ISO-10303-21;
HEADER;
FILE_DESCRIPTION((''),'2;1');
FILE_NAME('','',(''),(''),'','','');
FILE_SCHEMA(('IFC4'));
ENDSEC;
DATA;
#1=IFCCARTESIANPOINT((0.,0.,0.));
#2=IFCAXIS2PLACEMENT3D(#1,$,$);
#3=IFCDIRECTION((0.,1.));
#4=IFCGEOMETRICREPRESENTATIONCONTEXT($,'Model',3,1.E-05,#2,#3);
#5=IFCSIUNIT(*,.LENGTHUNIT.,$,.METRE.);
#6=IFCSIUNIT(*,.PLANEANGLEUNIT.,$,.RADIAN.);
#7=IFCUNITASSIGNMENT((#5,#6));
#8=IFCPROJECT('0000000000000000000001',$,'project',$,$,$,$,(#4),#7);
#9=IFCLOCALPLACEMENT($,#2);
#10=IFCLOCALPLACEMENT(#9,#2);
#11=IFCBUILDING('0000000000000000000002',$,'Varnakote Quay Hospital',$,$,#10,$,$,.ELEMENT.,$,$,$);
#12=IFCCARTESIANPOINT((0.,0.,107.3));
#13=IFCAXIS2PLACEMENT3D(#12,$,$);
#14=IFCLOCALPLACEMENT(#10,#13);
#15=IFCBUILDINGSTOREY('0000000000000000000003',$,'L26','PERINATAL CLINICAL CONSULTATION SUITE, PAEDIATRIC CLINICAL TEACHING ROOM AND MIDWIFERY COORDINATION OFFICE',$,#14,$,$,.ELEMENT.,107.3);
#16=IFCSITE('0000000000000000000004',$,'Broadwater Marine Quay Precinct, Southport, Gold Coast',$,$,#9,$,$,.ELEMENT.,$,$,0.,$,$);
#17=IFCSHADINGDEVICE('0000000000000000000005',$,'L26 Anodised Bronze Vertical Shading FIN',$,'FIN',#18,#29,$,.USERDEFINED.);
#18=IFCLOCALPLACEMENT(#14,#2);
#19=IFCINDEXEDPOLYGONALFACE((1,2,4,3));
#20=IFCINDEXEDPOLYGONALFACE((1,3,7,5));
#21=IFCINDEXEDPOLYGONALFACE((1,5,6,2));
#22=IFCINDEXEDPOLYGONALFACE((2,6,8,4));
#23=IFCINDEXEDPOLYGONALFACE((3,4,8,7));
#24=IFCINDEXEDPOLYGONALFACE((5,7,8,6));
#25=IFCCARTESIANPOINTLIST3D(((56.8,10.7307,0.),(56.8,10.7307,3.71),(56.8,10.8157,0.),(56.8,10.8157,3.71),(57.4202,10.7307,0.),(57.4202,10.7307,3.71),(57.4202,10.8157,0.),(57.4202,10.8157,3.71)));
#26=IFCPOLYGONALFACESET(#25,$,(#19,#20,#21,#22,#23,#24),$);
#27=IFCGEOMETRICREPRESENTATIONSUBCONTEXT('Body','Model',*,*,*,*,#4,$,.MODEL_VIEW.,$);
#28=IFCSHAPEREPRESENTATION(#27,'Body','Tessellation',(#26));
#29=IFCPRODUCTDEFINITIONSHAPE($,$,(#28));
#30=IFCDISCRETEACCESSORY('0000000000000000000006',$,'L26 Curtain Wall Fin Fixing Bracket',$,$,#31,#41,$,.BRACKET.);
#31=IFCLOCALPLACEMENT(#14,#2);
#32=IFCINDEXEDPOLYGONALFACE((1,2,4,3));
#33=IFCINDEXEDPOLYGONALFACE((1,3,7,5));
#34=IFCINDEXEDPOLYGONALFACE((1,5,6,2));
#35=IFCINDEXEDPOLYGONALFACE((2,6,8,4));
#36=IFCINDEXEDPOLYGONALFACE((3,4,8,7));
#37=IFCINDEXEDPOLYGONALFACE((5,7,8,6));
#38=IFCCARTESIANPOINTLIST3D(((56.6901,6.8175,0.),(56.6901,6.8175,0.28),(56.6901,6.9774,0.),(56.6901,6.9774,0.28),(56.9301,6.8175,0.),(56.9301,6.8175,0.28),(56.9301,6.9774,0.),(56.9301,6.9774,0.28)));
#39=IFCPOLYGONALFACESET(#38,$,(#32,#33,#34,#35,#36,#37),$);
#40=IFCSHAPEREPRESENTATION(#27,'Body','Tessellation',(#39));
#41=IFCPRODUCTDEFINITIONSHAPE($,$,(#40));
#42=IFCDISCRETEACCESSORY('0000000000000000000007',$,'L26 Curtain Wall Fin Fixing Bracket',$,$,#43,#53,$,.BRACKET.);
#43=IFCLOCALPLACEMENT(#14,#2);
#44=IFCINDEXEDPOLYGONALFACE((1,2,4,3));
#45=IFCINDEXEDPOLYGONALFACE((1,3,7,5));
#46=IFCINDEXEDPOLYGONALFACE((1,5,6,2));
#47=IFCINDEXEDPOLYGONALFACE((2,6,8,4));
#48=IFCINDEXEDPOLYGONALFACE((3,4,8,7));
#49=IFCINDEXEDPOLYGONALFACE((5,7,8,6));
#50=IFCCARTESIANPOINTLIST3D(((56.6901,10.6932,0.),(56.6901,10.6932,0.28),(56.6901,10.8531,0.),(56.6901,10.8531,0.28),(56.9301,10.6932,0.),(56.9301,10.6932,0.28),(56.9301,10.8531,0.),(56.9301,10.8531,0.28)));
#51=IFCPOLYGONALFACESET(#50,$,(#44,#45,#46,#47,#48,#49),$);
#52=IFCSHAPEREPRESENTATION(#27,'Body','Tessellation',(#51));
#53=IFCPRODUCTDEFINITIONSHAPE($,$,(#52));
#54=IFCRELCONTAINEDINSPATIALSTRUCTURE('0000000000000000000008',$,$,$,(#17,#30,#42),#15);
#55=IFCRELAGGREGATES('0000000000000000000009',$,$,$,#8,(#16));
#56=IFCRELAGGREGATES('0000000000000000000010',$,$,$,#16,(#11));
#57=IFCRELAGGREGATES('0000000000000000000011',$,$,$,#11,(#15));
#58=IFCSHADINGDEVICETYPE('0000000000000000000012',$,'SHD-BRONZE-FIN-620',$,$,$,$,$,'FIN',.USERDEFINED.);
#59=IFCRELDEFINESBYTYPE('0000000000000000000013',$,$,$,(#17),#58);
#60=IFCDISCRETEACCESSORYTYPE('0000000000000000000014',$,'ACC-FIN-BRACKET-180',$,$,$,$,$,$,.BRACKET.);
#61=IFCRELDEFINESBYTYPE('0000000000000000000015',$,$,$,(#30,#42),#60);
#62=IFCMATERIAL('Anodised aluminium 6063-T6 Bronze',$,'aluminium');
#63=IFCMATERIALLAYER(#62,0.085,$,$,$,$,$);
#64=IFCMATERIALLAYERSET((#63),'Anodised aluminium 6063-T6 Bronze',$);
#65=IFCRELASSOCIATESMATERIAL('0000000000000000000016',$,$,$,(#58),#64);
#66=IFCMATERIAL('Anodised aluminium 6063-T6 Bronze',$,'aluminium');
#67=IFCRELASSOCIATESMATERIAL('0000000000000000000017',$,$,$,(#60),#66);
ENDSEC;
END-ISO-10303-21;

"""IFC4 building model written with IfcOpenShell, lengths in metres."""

from ifc_helpers import new_model, si_unit, direction, frame, origin, origin_2d, place, context, subcontext, project, spatial, rectangle, extrude, material, layer, layer_set, type_object, element, save


model = new_model("IFC4")

# Units and contexts
model_context = context("Model", 3, precision=1e-05, world=origin(), true_north=direction((0.0, 1.0)))
body_context = subcontext(model_context, "Body", "Model", "MODEL_VIEW")
ifc_project = project(units=[si_unit("LENGTHUNIT", "METRE"), si_unit("PLANEANGLEUNIT", "RADIAN")], contexts=[model_context])

# Site, building, storey
site_placement = place(None, origin())
site = spatial("IfcSite", under=ifc_project, at=site_placement, Name="Broadwater Marine Quay Precinct, Southport, Gold Coast", CompositionType="ELEMENT", RefElevation=0.0)
building_placement = place(site_placement, origin())
building = spatial("IfcBuilding", under=site, at=building_placement, Name="Varnakote Quay Hospital", CompositionType="ELEMENT")
storey_placement = place(building_placement, frame((0.0, 0.0, 107.3)))
storey = spatial("IfcBuildingStorey", under=building, at=storey_placement, Name="L26", Description="PERINATAL CLINICAL CONSULTATION SUITE, PAEDIATRIC CLINICAL TEACHING ROOM AND MIDWIFERY COORDINATION OFFICE", CompositionType="ELEMENT", Elevation=107.3)

# Shading device
ifc_material_1 = material(Name="Anodised aluminium 6063-T6 Bronze", Category="aluminium")
ifc_layer_1 = layer(ifc_material_1, 0.085)
ifc_layer_set_1 = layer_set([ifc_layer_1], Name="Anodised aluminium 6063-T6 Bronze")
shading_device_type = type_object("IfcShadingDeviceType", Name="SHD-BRONZE-FIN-620", ElementType="FIN", PredefinedType="USERDEFINED", material=ifc_layer_set_1)
for number, where, z_axis, x_axis, name in (
    (1, (57.1101, 10.7732, 0.0), (0.0, 0.0, 1.0), (-1.0, 0.0, 0.0), "L26 Anodised Bronze Vertical Shading FIN"),
):
    element("IfcShadingDevice", number, at=place(storey_placement, frame(where, z_axis=z_axis, x_axis=x_axis)), inside=storey, type_object=shading_device_type, Name=name, ObjectType="FIN", PredefinedType="USERDEFINED", context=body_context, shape_type="SweptSolid", body=[
        extrude(rectangle(XDim=0.6201, YDim=0.085, at=origin_2d()), origin(), (0.0, 0.0, 1.0), 3.71),
    ])

# Discrete accessories
ifc_material_2 = material(Name="Anodised aluminium 6063-T6 Bronze", Category="aluminium")
discrete_accessory_type = type_object("IfcDiscreteAccessoryType", Name="ACC-FIN-BRACKET-180", PredefinedType="BRACKET", material=ifc_material_2)
for number, where, z_axis, x_axis, name in (
    (2, (56.8101, 6.8975, 0.0), (0.0, 0.0, 1.0), (0.0, 1.0, 0.0), "L26 Curtain Wall Fin Fixing Bracket"),
    (3, (56.8101, 10.7732, 0.0), (0.0, 0.0, 1.0), (0.0, 1.0, 0.0), "L26 Curtain Wall Fin Fixing Bracket"),
):
    element("IfcDiscreteAccessory", number, at=place(storey_placement, frame(where, z_axis=z_axis, x_axis=x_axis)), inside=storey, type_object=discrete_accessory_type, Name=name, PredefinedType="BRACKET", context=body_context, shape_type="SweptSolid", body=[
        extrude(rectangle(XDim=0.1599, YDim=0.24, at=origin_2d()), origin(), (0.0, 0.0, 1.0), 0.28),
    ])

save(model, "model.ifc")
